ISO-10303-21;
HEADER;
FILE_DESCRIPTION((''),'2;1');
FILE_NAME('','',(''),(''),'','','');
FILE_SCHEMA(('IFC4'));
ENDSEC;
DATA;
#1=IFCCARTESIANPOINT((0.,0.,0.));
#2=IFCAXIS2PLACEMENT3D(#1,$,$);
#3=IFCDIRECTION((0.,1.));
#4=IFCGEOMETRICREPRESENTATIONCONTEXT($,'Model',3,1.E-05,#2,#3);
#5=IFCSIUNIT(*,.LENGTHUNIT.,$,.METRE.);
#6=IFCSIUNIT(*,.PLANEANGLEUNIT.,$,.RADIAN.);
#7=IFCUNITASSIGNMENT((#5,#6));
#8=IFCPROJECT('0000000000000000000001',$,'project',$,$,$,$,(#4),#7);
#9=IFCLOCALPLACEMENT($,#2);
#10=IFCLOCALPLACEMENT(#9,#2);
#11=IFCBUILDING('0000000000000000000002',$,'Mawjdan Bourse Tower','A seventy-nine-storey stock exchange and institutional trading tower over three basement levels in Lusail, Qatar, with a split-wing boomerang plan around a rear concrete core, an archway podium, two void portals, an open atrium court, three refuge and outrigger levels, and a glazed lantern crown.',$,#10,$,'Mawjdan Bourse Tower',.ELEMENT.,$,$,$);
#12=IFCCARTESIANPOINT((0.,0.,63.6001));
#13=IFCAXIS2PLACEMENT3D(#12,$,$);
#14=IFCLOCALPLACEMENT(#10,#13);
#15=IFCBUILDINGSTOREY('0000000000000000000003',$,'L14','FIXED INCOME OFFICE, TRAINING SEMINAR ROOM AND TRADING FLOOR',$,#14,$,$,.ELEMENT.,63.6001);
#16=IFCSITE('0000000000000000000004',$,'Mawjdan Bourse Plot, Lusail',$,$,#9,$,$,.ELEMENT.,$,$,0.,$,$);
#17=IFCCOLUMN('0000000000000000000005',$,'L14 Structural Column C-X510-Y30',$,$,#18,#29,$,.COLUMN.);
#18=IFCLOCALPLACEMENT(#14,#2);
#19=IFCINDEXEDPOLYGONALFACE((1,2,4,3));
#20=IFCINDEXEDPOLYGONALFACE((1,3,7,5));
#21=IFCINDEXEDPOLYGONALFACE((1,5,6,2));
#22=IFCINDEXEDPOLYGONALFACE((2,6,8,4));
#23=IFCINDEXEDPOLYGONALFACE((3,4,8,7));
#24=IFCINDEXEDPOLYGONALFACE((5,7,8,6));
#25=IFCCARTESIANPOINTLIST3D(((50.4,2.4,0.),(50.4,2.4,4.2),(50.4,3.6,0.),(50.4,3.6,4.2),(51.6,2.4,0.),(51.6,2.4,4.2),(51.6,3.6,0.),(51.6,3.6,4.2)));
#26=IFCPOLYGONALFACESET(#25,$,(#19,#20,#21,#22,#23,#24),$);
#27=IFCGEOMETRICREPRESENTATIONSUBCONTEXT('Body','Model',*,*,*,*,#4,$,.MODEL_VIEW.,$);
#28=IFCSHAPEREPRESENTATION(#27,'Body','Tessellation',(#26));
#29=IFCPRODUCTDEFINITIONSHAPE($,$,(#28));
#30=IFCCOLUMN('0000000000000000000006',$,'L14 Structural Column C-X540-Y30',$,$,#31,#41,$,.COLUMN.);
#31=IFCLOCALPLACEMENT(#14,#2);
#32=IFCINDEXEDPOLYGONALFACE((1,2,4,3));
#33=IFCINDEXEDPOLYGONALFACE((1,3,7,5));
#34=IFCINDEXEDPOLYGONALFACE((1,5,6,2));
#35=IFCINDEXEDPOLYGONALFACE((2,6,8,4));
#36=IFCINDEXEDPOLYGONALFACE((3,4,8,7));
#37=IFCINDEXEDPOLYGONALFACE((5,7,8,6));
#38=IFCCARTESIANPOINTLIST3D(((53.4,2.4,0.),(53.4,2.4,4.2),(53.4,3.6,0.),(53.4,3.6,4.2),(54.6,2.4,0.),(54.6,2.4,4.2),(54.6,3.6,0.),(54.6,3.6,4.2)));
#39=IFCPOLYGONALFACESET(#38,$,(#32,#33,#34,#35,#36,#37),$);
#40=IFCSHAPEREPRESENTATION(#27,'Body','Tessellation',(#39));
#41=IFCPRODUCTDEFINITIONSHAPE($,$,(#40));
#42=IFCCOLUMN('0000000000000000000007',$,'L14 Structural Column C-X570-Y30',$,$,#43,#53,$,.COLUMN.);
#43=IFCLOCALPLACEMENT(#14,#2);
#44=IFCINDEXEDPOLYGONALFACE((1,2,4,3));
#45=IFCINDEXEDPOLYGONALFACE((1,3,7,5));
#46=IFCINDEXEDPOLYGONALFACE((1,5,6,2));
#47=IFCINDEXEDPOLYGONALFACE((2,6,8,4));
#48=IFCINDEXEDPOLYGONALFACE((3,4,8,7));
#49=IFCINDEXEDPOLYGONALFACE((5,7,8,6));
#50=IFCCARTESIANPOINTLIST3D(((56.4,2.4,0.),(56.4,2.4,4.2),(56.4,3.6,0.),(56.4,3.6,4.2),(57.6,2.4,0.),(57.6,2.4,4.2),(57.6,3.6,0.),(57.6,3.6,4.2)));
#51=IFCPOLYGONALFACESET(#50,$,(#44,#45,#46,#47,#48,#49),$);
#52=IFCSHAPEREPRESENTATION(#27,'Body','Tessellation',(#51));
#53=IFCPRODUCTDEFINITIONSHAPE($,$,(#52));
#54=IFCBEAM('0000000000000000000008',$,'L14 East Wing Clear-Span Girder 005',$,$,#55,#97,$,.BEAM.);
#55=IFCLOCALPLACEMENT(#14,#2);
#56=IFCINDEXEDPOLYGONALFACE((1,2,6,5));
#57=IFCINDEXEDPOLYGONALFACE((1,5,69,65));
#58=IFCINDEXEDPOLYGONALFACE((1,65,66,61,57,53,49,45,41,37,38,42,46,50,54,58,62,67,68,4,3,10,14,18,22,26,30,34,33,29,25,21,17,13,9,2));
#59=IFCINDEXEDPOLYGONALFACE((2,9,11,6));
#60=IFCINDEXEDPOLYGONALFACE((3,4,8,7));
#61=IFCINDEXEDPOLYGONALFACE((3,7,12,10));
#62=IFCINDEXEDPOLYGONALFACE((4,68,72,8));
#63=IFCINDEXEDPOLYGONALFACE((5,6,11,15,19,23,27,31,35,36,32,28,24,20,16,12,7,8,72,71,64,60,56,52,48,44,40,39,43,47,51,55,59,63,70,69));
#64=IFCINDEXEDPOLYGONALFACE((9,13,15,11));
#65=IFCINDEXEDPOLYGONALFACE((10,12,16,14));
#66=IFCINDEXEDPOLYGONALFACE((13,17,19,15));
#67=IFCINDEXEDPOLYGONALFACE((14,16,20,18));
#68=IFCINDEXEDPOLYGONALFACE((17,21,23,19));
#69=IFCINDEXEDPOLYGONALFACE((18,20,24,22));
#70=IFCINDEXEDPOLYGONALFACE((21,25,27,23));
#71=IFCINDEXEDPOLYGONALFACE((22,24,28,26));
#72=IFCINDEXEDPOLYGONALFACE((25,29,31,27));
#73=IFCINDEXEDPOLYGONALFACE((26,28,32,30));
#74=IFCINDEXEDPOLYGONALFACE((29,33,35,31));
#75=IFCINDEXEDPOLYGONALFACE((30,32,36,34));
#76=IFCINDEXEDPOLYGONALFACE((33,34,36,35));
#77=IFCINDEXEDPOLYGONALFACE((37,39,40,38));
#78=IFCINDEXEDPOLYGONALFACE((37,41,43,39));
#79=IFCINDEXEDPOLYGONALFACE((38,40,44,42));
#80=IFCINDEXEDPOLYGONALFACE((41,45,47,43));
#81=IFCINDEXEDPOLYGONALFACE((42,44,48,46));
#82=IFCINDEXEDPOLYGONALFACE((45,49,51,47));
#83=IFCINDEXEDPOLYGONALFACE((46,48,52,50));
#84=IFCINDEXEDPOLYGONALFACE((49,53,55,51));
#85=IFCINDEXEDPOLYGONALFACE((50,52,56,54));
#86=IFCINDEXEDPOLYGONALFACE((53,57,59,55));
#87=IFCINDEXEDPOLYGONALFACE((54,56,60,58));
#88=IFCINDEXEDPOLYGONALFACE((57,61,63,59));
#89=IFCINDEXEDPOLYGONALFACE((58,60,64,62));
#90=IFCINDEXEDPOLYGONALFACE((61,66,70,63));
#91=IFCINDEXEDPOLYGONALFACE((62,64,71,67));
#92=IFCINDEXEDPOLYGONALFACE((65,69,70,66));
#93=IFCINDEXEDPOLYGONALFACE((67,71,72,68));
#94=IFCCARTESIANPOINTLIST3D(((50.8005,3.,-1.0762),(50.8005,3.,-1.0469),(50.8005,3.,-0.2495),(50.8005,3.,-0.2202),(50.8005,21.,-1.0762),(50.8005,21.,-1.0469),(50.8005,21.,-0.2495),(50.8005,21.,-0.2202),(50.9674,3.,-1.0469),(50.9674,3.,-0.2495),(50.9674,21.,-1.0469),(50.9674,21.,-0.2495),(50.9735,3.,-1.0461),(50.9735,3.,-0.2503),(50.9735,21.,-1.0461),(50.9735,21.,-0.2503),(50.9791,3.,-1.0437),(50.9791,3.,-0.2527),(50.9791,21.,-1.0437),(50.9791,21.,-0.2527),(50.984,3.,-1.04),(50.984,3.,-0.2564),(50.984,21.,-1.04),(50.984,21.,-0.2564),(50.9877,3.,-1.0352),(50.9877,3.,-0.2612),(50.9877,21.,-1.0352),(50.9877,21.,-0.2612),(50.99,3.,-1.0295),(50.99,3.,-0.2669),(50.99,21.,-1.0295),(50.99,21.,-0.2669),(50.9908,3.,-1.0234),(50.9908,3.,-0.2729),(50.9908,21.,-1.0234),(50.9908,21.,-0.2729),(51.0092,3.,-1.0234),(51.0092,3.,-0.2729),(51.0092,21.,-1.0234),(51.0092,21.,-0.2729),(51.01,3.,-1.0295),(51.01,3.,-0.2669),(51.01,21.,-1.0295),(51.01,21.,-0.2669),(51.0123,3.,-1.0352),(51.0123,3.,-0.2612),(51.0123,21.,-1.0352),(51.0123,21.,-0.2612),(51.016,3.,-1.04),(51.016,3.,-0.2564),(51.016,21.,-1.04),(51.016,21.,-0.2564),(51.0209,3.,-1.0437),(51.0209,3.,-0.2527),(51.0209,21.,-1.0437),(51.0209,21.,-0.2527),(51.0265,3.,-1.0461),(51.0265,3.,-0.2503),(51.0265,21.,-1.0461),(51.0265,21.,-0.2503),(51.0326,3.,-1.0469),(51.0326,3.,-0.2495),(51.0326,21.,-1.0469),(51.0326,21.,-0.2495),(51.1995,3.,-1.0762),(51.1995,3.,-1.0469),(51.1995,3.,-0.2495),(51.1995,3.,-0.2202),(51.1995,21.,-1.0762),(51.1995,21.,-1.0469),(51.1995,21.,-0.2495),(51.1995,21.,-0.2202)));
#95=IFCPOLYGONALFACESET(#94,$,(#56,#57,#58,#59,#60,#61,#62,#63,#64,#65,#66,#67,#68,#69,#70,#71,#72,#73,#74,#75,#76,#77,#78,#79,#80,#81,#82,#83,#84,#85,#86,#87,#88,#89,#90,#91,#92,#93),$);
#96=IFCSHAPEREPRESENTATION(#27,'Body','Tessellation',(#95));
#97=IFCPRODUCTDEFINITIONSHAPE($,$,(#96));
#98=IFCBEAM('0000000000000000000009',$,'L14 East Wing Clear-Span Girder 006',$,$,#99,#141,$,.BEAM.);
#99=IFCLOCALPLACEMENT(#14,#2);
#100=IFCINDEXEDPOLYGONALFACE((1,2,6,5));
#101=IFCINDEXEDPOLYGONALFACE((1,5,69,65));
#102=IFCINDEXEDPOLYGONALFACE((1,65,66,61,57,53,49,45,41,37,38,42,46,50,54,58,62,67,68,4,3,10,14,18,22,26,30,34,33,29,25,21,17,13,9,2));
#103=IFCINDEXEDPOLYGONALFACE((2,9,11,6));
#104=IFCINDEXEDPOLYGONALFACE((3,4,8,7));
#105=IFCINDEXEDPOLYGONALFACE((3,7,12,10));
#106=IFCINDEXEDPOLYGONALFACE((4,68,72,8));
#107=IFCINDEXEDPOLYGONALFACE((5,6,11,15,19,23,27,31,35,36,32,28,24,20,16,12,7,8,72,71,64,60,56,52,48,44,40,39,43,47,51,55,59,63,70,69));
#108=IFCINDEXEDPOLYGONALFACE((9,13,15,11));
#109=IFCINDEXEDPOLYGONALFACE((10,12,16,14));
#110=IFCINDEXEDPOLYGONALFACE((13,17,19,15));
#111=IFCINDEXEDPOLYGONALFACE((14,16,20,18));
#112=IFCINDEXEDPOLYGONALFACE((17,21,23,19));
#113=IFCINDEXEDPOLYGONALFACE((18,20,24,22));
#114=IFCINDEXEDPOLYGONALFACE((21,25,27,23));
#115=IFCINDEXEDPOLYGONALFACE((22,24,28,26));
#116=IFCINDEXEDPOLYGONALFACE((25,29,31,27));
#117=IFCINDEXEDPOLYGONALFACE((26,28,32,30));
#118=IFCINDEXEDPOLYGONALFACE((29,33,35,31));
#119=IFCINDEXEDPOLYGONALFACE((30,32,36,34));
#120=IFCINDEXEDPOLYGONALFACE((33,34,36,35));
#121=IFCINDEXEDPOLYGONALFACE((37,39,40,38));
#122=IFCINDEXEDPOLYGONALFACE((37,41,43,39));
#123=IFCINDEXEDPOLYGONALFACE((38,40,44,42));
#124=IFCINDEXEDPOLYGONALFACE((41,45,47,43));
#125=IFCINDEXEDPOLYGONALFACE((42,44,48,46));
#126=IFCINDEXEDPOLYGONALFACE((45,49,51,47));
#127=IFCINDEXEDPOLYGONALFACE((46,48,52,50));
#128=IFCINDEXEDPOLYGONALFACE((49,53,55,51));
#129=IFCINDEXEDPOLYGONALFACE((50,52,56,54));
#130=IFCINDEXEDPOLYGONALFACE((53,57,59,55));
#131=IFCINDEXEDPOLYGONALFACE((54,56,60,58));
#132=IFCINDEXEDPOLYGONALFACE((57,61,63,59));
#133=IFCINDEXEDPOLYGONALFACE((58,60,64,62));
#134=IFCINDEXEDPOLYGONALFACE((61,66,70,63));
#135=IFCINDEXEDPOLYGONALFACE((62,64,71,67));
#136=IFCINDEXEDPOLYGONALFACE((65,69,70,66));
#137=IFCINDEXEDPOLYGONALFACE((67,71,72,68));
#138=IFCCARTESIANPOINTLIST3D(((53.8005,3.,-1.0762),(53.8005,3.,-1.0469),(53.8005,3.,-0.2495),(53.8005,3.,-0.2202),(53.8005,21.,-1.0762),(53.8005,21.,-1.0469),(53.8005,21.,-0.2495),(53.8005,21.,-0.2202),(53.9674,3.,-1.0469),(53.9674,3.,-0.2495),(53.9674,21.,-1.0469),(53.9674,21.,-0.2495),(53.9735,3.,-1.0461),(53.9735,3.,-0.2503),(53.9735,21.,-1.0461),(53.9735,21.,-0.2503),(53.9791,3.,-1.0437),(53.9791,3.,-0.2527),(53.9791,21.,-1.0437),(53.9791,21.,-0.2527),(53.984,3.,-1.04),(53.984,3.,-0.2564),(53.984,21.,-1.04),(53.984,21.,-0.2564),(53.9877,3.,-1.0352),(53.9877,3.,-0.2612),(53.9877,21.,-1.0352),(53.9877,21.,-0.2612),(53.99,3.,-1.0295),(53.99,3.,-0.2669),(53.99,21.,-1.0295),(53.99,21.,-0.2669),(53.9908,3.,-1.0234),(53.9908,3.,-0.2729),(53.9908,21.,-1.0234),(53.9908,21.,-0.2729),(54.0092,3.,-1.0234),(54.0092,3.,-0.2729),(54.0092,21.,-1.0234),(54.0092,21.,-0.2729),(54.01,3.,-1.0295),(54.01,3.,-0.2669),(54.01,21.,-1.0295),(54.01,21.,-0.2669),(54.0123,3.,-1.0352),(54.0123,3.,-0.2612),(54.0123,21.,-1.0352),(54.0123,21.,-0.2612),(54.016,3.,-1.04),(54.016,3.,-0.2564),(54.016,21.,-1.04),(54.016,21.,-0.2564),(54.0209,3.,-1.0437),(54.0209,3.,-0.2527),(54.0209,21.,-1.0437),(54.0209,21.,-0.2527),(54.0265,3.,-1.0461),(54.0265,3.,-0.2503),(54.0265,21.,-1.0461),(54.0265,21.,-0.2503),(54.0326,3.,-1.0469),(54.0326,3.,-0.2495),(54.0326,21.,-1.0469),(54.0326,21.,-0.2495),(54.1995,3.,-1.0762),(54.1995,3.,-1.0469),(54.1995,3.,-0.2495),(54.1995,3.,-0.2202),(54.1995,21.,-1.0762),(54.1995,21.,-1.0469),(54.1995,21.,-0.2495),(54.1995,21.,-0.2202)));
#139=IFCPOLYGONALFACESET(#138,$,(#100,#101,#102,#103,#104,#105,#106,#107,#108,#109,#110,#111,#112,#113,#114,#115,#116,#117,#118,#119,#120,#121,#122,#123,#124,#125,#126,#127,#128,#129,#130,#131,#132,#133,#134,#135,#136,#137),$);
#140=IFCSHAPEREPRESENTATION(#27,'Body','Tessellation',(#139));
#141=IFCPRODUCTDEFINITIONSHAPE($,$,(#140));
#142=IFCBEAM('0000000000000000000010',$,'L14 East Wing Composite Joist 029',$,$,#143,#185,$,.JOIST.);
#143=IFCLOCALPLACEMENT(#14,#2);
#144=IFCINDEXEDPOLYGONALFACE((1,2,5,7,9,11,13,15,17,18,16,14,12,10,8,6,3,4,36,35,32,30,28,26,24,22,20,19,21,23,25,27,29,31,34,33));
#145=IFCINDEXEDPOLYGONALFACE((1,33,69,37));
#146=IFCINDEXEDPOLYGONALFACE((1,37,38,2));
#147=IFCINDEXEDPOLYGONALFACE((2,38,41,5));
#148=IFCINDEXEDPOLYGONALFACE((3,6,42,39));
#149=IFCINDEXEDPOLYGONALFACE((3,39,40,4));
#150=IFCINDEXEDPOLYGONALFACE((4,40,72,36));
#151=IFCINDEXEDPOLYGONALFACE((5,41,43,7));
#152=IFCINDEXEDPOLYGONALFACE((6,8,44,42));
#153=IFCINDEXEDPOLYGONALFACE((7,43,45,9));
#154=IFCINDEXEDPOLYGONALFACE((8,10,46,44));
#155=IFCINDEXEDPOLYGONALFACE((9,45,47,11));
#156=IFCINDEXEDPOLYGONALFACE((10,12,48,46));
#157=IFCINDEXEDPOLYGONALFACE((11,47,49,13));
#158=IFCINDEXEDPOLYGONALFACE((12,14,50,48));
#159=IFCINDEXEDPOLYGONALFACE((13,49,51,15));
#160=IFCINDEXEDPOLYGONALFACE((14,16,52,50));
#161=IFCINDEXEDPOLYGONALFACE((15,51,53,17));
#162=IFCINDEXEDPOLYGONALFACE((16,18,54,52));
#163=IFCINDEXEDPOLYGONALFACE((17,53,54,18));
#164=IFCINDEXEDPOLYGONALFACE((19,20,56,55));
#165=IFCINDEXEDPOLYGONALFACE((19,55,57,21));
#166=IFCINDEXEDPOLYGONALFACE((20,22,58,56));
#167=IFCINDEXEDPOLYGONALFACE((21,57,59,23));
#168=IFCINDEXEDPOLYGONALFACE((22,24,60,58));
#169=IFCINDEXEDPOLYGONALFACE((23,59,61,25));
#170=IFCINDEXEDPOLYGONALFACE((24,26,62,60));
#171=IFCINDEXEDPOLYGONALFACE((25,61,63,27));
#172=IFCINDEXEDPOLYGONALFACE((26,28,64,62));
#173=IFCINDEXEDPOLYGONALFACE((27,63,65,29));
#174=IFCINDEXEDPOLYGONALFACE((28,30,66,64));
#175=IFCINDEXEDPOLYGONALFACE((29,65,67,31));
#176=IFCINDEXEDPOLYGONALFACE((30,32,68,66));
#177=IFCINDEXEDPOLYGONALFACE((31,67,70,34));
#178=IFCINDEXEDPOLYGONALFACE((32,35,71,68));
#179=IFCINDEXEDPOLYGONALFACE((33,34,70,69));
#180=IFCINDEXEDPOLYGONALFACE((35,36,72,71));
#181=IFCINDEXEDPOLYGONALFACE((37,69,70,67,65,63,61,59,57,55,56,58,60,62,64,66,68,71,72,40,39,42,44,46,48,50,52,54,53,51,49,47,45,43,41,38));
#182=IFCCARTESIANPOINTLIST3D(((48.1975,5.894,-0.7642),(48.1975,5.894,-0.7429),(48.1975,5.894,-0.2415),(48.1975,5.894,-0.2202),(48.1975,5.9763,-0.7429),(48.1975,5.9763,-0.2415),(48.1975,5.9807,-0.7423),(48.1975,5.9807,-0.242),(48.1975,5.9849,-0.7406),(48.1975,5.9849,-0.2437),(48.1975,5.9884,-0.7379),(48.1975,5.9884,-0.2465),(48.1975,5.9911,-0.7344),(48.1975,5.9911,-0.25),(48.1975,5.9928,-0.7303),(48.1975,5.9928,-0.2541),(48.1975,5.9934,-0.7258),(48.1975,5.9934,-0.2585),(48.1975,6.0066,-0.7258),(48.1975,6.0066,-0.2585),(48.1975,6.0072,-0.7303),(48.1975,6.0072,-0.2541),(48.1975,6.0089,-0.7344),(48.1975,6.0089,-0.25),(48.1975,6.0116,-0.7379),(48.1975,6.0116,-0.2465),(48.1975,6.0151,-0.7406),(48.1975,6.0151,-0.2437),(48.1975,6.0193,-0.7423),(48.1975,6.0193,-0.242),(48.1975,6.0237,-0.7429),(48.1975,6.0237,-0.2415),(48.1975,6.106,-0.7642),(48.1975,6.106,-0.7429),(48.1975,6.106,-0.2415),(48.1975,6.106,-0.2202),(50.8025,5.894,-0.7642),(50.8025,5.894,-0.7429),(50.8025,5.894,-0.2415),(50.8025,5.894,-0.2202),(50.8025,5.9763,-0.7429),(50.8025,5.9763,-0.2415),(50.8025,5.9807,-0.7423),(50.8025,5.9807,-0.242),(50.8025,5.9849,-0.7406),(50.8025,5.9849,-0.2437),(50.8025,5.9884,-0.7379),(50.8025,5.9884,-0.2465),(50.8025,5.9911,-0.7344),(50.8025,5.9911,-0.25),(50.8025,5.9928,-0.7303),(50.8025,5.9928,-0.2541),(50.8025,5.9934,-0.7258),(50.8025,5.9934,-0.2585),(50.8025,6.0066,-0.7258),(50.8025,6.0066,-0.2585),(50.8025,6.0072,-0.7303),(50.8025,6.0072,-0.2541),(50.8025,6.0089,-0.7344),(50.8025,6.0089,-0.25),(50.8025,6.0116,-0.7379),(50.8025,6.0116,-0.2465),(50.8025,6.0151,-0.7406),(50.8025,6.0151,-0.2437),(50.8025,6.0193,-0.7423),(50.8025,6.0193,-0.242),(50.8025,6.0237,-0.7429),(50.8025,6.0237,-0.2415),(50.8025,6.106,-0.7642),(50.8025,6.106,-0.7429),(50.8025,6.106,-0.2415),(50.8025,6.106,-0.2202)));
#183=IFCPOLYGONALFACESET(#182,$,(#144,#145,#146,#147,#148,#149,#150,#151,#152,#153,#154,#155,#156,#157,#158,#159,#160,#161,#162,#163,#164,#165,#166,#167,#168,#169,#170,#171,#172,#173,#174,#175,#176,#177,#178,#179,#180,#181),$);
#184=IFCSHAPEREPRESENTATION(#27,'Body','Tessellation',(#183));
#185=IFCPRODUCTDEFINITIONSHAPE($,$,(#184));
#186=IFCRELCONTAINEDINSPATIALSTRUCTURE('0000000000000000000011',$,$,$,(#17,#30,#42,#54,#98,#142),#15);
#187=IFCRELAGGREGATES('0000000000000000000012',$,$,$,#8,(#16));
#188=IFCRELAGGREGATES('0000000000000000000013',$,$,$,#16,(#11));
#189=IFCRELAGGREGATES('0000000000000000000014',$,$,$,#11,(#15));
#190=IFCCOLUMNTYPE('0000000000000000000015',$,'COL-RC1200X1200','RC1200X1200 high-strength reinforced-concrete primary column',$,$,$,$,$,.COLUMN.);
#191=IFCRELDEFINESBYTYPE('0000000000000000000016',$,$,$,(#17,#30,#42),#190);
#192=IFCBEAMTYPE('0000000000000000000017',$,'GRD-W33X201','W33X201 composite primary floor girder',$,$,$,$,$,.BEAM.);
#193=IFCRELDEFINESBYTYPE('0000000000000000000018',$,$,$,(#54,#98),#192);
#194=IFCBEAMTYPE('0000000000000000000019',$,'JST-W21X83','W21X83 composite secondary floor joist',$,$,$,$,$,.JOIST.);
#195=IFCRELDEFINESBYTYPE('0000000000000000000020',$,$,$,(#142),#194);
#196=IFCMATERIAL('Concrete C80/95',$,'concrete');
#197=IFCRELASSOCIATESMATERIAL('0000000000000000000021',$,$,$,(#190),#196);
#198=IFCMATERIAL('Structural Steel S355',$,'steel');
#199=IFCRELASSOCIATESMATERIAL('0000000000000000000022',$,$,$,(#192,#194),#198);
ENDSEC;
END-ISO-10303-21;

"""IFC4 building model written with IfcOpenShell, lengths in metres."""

from ifc_helpers import new_model, si_unit, direction, frame, origin, origin_2d, place, context, subcontext, project, spatial, rectangle, i_section, extrude, material, material_profile, profile_set, type_object, element, save


model = new_model("IFC4")

# Units and contexts
model_context = context("Model", 3, precision=1e-05, world=origin(), true_north=direction((0.0, 1.0)))
body_context = subcontext(model_context, "Body", "Model", "MODEL_VIEW")
ifc_project = project(units=[si_unit("LENGTHUNIT", "METRE"), si_unit("PLANEANGLEUNIT", "RADIAN")], contexts=[model_context])

# Site, building, storey
site_placement = place(None, origin())
site = spatial("IfcSite", under=ifc_project, at=site_placement, Name="Mawjdan Bourse Plot, Lusail", CompositionType="ELEMENT", RefElevation=0.0)
building_placement = place(site_placement, origin())
building = spatial("IfcBuilding", under=site, at=building_placement, Name="Mawjdan Bourse Tower", Description="A seventy-nine-storey stock exchange and institutional trading tower over three basement levels in Lusail, Qatar, with a split-wing boomerang plan around a rear concrete core, an archway podium, two void portals, an open atrium court, three refuge and outrigger levels, and a glazed lantern crown.", LongName="Mawjdan Bourse Tower", CompositionType="ELEMENT")
storey_placement = place(building_placement, frame((0.0, 0.0, 63.6001)))
storey = spatial("IfcBuildingStorey", under=building, at=storey_placement, Name="L14", Description="FIXED INCOME OFFICE, TRAINING SEMINAR ROOM AND TRADING FLOOR", CompositionType="ELEMENT", Elevation=63.6001)

# Columns
ifc_material_1 = material(Name="Concrete C80/95", Category="concrete")
ifc_material_profile_1 = material_profile(ifc_material_1, rectangle(XDim=1.2, YDim=1.2, at=origin_2d()), Name="RC1200X1200")
ifc_profile_set_1 = profile_set([ifc_material_profile_1], Name="Concrete C80/95")
column_type = type_object("IfcColumnType", Name="COL-RC1200X1200", Description="RC1200X1200 high-strength reinforced-concrete primary column", PredefinedType="COLUMN", material=ifc_profile_set_1)
for number, where, z_axis, x_axis, name in (
    (1, (51.0, 3.0, 0.0), (0.0, 0.0, 1.0), (1.0, 0.0, 0.0), "L14 Structural Column C-X510-Y30"),
    (2, (54.0, 3.0, 0.0), (0.0, 0.0, 1.0), (1.0, 0.0, 0.0), "L14 Structural Column C-X540-Y30"),
    (3, (57.0, 3.0, 0.0), (0.0, 0.0, 1.0), (1.0, 0.0, 0.0), "L14 Structural Column C-X570-Y30"),
):
    element("IfcColumn", number, at=place(storey_placement, frame(where, z_axis=z_axis, x_axis=x_axis)), inside=storey, type_object=column_type, Name=name, PredefinedType="COLUMN", context=body_context, shape_type="SweptSolid", body=[
        extrude(rectangle(XDim=1.2, YDim=1.2, at=origin_2d()), origin(), (0.0, 0.0, 1.0), 4.2),
    ])

# Beams
ifc_material_2 = material(Name="Structural Steel S355", Category="steel")
ifc_material_profile_2 = material_profile(ifc_material_2, i_section(OverallWidth=0.3989, OverallDepth=0.856, WebThickness=0.0183, FlangeThickness=0.0293, FilletRadius=0.0234, at=origin_2d()), Name="W33X201")
ifc_profile_set_2 = profile_set([ifc_material_profile_2], Name="Structural Steel S355")
beam_type_1 = type_object("IfcBeamType", Name="GRD-W33X201", Description="W33X201 composite primary floor girder", PredefinedType="BEAM", material=ifc_profile_set_2)
for number, where, z_axis, x_axis, name in (
    (4, (51.0, 3.0, -0.6482), (0.0, 1.0, 0.0), (-1.0, 0.0, 0.0), "L14 East Wing Clear-Span Girder 005"),
    (5, (54.0, 3.0, -0.6482), (0.0, 1.0, 0.0), (-1.0, 0.0, 0.0), "L14 East Wing Clear-Span Girder 006"),
):
    element("IfcBeam", number, at=place(storey_placement, frame(where, z_axis=z_axis, x_axis=x_axis)), inside=storey, type_object=beam_type_1, Name=name, PredefinedType="BEAM", context=body_context, shape_type="SweptSolid", body=[
        extrude(i_section(OverallWidth=0.3989, OverallDepth=0.856, WebThickness=0.0183, FlangeThickness=0.0293, FilletRadius=0.0234, at=origin_2d()), origin(), (0.0, 0.0, 1.0), 18.0),
    ])
ifc_material_profile_3 = material_profile(ifc_material_2, i_section(OverallWidth=0.2119, OverallDepth=0.5439, WebThickness=0.0132, FlangeThickness=0.0212, FilletRadius=0.0171, at=origin_2d()), Name="W21X83")
ifc_profile_set_3 = profile_set([ifc_material_profile_3], Name="Structural Steel S355")
beam_type_2 = type_object("IfcBeamType", Name="JST-W21X83", Description="W21X83 composite secondary floor joist", PredefinedType="JOIST", material=ifc_profile_set_3)
for number, where, z_axis, x_axis, name in (
    (6, (48.1975, 6.0, -0.4922), (1.0, 0.0, 0.0), (0.0, 1.0, 0.0), "L14 East Wing Composite Joist 029"),
):
    element("IfcBeam", number, at=place(storey_placement, frame(where, z_axis=z_axis, x_axis=x_axis)), inside=storey, type_object=beam_type_2, Name=name, PredefinedType="JOIST", context=body_context, shape_type="SweptSolid", body=[
        extrude(i_section(OverallWidth=0.2119, OverallDepth=0.5439, WebThickness=0.0132, FlangeThickness=0.0212, FilletRadius=0.0171, at=origin_2d()), origin(), (0.0, 0.0, 1.0), 2.605),
    ])

save(model, "model.ifc")
